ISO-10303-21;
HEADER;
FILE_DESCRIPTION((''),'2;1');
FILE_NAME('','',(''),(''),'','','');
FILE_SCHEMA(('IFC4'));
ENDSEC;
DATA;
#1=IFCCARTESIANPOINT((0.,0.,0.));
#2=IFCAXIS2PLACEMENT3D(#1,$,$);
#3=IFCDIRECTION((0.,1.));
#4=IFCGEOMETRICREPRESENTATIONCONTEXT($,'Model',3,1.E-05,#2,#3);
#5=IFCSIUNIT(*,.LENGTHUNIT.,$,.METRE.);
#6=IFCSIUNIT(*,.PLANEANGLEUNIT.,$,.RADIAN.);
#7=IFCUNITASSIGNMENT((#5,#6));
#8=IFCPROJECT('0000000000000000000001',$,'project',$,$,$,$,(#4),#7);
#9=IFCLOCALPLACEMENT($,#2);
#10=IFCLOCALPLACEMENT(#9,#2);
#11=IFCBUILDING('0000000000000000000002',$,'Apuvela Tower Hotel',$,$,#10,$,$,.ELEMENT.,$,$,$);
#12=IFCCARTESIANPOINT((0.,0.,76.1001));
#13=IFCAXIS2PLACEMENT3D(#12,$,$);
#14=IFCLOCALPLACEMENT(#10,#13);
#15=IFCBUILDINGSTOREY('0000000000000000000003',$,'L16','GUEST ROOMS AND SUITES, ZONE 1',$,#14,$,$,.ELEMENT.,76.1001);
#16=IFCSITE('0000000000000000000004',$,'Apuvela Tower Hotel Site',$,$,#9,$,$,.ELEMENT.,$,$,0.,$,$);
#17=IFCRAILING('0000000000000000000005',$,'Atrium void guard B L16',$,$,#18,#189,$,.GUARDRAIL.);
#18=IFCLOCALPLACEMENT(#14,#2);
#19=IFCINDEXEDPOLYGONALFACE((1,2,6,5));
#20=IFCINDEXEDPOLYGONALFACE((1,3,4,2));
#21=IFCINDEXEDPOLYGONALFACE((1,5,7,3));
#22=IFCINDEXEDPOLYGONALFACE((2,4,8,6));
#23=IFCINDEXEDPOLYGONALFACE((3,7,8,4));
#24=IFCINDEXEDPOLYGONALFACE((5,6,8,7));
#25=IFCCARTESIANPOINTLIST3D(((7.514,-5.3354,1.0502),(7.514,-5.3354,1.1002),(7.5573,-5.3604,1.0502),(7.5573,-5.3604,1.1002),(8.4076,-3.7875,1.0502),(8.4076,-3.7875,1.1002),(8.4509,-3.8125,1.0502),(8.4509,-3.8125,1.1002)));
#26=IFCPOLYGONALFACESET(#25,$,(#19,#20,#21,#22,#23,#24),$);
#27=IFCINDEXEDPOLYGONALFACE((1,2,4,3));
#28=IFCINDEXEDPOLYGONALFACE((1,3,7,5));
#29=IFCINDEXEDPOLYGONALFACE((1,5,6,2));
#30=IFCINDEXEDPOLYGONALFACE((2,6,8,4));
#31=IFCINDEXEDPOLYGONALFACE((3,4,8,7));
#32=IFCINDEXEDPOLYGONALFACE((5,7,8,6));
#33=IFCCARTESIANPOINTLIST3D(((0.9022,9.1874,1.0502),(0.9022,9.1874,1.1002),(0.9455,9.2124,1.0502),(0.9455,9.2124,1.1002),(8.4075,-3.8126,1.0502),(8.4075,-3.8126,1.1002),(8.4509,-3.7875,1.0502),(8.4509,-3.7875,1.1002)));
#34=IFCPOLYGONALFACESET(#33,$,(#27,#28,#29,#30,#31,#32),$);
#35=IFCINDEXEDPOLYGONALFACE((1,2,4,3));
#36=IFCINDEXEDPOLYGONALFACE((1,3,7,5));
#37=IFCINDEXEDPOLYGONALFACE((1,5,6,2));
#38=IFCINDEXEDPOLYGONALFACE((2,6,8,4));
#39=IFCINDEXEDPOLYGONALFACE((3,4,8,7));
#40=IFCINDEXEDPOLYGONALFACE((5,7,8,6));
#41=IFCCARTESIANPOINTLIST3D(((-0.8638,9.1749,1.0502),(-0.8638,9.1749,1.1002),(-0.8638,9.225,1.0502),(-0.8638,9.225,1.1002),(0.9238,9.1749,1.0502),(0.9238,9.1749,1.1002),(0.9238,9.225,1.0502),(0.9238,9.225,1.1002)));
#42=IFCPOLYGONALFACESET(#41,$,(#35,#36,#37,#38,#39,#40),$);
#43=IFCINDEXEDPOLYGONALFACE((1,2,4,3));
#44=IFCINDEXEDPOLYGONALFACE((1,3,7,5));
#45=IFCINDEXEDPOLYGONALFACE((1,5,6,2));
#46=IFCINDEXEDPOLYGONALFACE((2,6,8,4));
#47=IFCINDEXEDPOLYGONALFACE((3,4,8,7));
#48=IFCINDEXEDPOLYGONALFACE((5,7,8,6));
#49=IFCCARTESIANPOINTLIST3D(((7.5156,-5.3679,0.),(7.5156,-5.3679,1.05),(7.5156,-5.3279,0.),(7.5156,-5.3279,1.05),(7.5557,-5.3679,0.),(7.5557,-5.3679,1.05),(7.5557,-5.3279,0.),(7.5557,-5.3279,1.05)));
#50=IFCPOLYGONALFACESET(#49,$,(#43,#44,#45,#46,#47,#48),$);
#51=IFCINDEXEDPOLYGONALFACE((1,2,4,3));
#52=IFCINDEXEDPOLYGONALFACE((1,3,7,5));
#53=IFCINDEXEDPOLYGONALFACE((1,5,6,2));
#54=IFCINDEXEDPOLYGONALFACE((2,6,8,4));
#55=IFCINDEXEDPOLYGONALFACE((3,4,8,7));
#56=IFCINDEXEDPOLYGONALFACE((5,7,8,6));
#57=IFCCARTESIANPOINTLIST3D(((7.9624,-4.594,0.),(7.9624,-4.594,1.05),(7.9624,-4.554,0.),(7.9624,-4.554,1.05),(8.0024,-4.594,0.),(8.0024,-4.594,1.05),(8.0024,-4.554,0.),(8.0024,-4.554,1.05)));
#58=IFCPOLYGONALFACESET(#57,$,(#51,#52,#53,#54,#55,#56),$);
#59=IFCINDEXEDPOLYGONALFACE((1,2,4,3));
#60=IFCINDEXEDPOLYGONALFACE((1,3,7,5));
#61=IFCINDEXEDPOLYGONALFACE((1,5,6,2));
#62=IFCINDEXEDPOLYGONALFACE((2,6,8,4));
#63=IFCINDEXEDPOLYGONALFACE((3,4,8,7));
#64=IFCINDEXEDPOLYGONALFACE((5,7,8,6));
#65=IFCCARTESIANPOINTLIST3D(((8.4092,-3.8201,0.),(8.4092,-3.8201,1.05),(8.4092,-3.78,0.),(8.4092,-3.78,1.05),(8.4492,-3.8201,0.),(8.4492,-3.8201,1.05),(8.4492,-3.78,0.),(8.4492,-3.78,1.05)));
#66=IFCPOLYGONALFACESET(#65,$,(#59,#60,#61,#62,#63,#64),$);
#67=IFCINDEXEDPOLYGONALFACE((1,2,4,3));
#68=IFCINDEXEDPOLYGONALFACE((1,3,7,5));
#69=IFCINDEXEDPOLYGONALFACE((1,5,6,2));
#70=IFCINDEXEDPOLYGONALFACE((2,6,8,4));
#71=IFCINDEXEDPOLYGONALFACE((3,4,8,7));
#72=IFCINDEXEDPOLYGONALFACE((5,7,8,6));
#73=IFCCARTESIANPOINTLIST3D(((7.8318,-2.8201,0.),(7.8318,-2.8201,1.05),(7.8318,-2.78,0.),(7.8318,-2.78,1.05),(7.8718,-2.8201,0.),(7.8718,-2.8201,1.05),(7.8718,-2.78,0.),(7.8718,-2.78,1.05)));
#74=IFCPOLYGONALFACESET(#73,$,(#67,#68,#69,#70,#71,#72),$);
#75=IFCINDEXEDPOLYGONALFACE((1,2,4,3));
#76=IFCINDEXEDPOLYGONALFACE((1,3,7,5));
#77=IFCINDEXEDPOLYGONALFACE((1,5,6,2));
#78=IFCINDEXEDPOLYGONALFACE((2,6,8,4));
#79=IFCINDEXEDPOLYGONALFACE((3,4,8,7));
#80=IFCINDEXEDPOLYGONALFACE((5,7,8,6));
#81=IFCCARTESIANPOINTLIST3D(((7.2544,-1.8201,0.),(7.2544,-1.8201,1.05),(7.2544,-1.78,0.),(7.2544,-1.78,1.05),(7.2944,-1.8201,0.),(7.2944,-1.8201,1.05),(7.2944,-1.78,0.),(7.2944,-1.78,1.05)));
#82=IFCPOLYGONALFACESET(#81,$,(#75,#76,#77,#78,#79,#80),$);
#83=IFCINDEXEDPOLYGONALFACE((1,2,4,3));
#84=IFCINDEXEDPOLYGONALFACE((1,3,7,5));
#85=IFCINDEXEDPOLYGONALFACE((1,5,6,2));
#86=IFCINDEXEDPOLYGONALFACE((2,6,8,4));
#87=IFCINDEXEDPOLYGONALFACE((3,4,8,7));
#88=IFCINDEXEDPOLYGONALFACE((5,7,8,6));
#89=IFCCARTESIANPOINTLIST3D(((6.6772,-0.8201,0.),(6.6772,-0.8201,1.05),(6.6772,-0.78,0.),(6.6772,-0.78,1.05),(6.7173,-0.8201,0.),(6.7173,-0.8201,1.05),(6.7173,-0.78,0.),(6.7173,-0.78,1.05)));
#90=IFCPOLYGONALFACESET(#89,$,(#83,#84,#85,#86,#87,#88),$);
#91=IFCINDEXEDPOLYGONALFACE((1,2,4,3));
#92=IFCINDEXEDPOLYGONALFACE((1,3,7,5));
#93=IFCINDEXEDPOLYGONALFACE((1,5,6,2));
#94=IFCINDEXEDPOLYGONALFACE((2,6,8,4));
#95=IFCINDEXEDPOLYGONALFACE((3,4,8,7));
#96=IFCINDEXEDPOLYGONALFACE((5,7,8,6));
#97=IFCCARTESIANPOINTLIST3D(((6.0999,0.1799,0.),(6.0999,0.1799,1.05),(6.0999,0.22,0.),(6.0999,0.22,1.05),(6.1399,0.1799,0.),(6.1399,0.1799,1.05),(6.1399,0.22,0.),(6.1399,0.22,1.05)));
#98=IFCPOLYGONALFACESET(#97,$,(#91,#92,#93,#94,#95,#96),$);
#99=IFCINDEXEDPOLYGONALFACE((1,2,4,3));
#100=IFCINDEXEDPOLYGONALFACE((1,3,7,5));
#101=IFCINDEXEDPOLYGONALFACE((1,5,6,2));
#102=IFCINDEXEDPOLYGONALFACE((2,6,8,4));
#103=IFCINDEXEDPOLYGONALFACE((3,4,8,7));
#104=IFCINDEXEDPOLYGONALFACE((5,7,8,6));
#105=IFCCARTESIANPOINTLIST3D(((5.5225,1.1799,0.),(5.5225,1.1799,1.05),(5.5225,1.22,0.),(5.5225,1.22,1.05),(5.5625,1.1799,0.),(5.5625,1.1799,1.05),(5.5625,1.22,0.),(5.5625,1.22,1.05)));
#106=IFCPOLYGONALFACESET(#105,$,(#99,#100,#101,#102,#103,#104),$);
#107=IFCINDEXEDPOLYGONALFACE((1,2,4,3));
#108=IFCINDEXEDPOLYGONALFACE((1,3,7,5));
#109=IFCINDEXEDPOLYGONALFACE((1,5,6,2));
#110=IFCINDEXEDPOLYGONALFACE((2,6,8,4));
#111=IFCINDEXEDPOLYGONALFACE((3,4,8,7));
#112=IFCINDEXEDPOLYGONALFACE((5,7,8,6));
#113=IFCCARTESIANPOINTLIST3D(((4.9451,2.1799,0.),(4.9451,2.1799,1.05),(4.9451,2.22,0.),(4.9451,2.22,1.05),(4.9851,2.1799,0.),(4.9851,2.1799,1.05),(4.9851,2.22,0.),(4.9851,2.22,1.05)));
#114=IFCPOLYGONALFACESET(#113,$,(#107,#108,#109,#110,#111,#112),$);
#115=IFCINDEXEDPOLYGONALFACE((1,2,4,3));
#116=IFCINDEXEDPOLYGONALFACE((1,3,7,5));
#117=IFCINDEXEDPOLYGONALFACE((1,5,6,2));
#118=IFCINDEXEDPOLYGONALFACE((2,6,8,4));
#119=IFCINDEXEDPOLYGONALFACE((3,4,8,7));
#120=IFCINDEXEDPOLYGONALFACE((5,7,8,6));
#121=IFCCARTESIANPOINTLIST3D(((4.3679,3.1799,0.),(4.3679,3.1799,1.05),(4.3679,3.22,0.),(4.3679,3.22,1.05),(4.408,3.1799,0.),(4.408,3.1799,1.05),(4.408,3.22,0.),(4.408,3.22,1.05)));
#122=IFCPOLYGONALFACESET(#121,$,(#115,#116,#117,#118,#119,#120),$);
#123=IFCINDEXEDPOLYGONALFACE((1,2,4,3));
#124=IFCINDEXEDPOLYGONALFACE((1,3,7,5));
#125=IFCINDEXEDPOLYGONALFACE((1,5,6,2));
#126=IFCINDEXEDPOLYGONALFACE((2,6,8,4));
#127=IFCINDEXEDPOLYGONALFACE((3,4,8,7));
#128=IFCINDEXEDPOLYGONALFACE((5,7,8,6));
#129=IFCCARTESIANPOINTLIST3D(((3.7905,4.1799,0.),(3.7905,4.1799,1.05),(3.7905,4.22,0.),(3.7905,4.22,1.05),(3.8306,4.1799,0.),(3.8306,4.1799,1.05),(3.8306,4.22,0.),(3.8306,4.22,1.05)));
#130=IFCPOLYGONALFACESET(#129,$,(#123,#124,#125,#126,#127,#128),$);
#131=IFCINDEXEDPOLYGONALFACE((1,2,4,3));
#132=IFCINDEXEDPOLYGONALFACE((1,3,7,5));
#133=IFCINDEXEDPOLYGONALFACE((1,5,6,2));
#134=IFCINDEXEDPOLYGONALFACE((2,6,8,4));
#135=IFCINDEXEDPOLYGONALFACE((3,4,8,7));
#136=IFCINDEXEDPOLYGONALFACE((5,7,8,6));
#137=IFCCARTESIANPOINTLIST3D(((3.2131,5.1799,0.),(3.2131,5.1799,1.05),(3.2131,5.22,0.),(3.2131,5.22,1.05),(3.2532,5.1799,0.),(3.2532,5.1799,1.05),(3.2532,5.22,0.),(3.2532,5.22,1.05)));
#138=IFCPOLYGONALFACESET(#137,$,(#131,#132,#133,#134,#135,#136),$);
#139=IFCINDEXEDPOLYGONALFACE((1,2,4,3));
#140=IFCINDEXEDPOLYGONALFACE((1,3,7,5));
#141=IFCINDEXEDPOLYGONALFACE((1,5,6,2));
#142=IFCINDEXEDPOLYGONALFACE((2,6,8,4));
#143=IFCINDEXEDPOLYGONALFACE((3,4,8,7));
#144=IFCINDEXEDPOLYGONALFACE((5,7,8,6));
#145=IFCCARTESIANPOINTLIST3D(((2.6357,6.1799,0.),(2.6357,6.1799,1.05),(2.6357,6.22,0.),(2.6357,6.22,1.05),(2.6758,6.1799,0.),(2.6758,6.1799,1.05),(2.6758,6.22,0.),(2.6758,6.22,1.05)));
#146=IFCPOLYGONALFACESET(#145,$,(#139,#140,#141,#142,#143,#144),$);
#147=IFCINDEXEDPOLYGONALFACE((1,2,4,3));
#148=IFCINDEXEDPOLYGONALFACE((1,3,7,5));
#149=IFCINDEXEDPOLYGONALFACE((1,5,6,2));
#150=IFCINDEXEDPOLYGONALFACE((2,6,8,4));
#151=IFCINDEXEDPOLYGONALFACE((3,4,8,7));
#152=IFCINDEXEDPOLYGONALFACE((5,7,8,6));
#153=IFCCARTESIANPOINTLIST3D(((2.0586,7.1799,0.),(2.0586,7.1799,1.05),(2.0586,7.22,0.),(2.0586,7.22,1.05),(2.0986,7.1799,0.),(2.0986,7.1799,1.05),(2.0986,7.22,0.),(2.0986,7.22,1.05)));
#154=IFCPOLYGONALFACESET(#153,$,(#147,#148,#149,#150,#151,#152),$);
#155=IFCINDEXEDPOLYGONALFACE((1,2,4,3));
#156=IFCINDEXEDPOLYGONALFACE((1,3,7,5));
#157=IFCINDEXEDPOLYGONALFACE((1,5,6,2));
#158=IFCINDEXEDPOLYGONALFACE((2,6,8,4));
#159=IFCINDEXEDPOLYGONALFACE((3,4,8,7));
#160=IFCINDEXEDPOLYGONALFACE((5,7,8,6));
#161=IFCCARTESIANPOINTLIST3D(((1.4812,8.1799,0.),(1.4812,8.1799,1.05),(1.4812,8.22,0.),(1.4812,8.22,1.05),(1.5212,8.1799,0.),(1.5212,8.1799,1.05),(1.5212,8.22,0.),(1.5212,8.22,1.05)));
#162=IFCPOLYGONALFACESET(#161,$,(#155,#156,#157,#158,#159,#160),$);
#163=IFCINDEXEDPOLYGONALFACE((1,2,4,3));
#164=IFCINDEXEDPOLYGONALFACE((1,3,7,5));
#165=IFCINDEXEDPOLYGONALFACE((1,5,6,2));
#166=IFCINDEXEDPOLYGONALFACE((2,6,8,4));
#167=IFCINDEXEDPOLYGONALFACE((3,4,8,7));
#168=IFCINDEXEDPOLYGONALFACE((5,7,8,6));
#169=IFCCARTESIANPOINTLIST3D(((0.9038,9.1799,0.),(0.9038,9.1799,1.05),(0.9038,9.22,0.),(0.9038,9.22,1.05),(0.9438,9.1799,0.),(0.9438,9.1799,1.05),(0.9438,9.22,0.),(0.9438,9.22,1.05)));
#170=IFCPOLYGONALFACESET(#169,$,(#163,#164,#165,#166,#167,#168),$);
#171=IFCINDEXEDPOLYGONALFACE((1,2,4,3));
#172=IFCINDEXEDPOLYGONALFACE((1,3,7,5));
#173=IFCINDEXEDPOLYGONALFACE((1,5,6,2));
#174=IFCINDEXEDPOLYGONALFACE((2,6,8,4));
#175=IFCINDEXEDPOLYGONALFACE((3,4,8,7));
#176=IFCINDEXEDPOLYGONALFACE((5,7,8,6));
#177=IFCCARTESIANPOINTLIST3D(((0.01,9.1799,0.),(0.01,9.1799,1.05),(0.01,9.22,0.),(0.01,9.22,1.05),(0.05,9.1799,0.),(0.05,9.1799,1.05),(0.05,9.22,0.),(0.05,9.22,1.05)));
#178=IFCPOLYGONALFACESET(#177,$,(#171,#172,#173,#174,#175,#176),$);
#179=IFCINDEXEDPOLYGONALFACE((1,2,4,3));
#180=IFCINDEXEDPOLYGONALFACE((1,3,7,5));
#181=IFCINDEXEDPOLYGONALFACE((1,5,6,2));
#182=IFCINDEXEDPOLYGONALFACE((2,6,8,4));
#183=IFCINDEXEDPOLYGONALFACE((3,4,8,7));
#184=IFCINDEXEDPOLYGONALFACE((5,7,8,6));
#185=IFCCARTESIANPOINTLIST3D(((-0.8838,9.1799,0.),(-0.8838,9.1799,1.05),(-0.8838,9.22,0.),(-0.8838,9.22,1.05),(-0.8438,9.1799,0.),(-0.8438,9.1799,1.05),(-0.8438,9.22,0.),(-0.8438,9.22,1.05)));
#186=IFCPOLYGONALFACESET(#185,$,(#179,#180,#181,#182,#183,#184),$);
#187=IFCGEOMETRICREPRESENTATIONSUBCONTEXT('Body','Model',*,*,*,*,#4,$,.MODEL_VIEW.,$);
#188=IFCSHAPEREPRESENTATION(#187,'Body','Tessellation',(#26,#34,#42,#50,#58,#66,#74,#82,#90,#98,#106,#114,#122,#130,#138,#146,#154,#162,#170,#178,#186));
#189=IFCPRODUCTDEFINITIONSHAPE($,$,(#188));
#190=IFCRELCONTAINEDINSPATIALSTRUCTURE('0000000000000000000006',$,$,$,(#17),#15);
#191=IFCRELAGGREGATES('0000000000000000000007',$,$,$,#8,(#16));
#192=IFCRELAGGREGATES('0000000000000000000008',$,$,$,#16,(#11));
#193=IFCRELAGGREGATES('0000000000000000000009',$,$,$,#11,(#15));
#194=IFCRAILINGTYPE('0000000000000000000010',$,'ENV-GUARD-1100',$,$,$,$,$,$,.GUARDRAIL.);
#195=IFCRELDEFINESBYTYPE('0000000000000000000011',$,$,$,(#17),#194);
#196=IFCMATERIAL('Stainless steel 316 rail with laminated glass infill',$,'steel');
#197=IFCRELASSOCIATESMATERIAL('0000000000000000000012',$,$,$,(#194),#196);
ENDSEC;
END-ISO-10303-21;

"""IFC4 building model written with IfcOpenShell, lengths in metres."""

from ifc_helpers import new_model, si_unit, direction, frame, origin, origin_2d, place, context, subcontext, project, spatial, rectangle, extrude, material, type_object, element, save


model = new_model("IFC4")

# Units and contexts
model_context = context("Model", 3, precision=1e-05, world=origin(), true_north=direction((0.0, 1.0)))
body_context = subcontext(model_context, "Body", "Model", "MODEL_VIEW")
ifc_project = project(units=[si_unit("LENGTHUNIT", "METRE"), si_unit("PLANEANGLEUNIT", "RADIAN")], contexts=[model_context])

# Site, building, storey
site_placement = place(None, origin())
site = spatial("IfcSite", under=ifc_project, at=site_placement, Name="Apuvela Tower Hotel Site", CompositionType="ELEMENT", RefElevation=0.0)
building_placement = place(site_placement, origin())
building = spatial("IfcBuilding", under=site, at=building_placement, Name="Apuvela Tower Hotel", CompositionType="ELEMENT")
storey_placement = place(building_placement, frame((0.0, 0.0, 76.1001)))
storey = spatial("IfcBuildingStorey", under=building, at=storey_placement, Name="L16", Description="GUEST ROOMS AND SUITES, ZONE 1", CompositionType="ELEMENT", Elevation=76.1001)

# Railing
ifc_material_1 = material(Name="Stainless steel 316 rail with laminated glass infill", Category="steel")
railing_type_1 = type_object("IfcRailingType", Name="ENV-GUARD-1100", PredefinedType="GUARDRAIL", material=ifc_material_1)
railing_1_placement = place(storey_placement, frame((7.5356, -5.3479, 0.0)))
element("IfcRailing", 1, at=railing_1_placement, inside=storey, type_object=railing_type_1, Name="Atrium void guard B L16", PredefinedType="GUARDRAIL", context=body_context, shape_type="SweptSolid", body=[
    extrude(rectangle(XDim=0.05, YDim=0.05, at=origin_2d()), frame((0.0, 0.0, 1.0752), z_axis=(0.499959, 0.866049, 0.0), x_axis=(-0.866049, 0.499959, 0.0)), (0.0, 0.0, 1.0), 1.7874),
    extrude(rectangle(XDim=0.05, YDim=0.05, at=origin_2d()), frame((0.8936, 1.5479, 1.0752), z_axis=(-0.499991, 0.866031, 0.0), x_axis=(-0.866031, -0.499991, 0.0)), (0.0, 0.0, 1.0), 15.011),
    extrude(rectangle(XDim=0.05, YDim=0.05, at=origin_2d()), frame((-6.6118, 14.5479, 1.0752), z_axis=(-1.0, 0.0, 0.0), x_axis=(0.0, -1.0, 0.0)), (0.0, 0.0, 1.0), 1.7876),
    extrude(rectangle(XDim=0.04, YDim=0.04, at=origin_2d()), origin(), (0.0, 0.0, 1.0), 1.05),
    extrude(rectangle(XDim=0.04, YDim=0.04, at=origin_2d()), frame((0.4468, 0.7739, 0.0)), (0.0, 0.0, 1.0), 1.05),
    extrude(rectangle(XDim=0.04, YDim=0.04, at=origin_2d()), frame((0.8936, 1.5479, 0.0)), (0.0, 0.0, 1.0), 1.05),
    extrude(rectangle(XDim=0.04, YDim=0.04, at=origin_2d()), frame((0.3162, 2.5479, 0.0)), (0.0, 0.0, 1.0), 1.05),
    extrude(rectangle(XDim=0.04, YDim=0.04, at=origin_2d()), frame((-0.2612, 3.5479, 0.0)), (0.0, 0.0, 1.0), 1.05),
    extrude(rectangle(XDim=0.04, YDim=0.04, at=origin_2d()), frame((-0.8384, 4.5479, 0.0)), (0.0, 0.0, 1.0), 1.05),
    extrude(rectangle(XDim=0.04, YDim=0.04, at=origin_2d()), frame((-1.4158, 5.5479, 0.0)), (0.0, 0.0, 1.0), 1.05),
    extrude(rectangle(XDim=0.04, YDim=0.04, at=origin_2d()), frame((-1.9932, 6.5479, 0.0)), (0.0, 0.0, 1.0), 1.05),
    extrude(rectangle(XDim=0.04, YDim=0.04, at=origin_2d()), frame((-2.5706, 7.5479, 0.0)), (0.0, 0.0, 1.0), 1.05),
    extrude(rectangle(XDim=0.04, YDim=0.04, at=origin_2d()), frame((-3.1477, 8.5479, 0.0)), (0.0, 0.0, 1.0), 1.05),
    extrude(rectangle(XDim=0.04, YDim=0.04, at=origin_2d()), frame((-3.7251, 9.5479, 0.0)), (0.0, 0.0, 1.0), 1.05),
    extrude(rectangle(XDim=0.04, YDim=0.04, at=origin_2d()), frame((-4.3025, 10.5479, 0.0)), (0.0, 0.0, 1.0), 1.05),
    extrude(rectangle(XDim=0.04, YDim=0.04, at=origin_2d()), frame((-4.8799, 11.5479, 0.0)), (0.0, 0.0, 1.0), 1.05),
    extrude(rectangle(XDim=0.04, YDim=0.04, at=origin_2d()), frame((-5.457, 12.5479, 0.0)), (0.0, 0.0, 1.0), 1.05),
    extrude(rectangle(XDim=0.04, YDim=0.04, at=origin_2d()), frame((-6.0344, 13.5479, 0.0)), (0.0, 0.0, 1.0), 1.05),
    extrude(rectangle(XDim=0.04, YDim=0.04, at=origin_2d()), frame((-6.6118, 14.5479, 0.0)), (0.0, 0.0, 1.0), 1.05),
    extrude(rectangle(XDim=0.04, YDim=0.04, at=origin_2d()), frame((-7.5056, 14.5479, 0.0)), (0.0, 0.0, 1.0), 1.05),
    extrude(rectangle(XDim=0.04, YDim=0.04, at=origin_2d()), frame((-8.3994, 14.5479, 0.0)), (0.0, 0.0, 1.0), 1.05),
])

save(model, "model.ifc")
